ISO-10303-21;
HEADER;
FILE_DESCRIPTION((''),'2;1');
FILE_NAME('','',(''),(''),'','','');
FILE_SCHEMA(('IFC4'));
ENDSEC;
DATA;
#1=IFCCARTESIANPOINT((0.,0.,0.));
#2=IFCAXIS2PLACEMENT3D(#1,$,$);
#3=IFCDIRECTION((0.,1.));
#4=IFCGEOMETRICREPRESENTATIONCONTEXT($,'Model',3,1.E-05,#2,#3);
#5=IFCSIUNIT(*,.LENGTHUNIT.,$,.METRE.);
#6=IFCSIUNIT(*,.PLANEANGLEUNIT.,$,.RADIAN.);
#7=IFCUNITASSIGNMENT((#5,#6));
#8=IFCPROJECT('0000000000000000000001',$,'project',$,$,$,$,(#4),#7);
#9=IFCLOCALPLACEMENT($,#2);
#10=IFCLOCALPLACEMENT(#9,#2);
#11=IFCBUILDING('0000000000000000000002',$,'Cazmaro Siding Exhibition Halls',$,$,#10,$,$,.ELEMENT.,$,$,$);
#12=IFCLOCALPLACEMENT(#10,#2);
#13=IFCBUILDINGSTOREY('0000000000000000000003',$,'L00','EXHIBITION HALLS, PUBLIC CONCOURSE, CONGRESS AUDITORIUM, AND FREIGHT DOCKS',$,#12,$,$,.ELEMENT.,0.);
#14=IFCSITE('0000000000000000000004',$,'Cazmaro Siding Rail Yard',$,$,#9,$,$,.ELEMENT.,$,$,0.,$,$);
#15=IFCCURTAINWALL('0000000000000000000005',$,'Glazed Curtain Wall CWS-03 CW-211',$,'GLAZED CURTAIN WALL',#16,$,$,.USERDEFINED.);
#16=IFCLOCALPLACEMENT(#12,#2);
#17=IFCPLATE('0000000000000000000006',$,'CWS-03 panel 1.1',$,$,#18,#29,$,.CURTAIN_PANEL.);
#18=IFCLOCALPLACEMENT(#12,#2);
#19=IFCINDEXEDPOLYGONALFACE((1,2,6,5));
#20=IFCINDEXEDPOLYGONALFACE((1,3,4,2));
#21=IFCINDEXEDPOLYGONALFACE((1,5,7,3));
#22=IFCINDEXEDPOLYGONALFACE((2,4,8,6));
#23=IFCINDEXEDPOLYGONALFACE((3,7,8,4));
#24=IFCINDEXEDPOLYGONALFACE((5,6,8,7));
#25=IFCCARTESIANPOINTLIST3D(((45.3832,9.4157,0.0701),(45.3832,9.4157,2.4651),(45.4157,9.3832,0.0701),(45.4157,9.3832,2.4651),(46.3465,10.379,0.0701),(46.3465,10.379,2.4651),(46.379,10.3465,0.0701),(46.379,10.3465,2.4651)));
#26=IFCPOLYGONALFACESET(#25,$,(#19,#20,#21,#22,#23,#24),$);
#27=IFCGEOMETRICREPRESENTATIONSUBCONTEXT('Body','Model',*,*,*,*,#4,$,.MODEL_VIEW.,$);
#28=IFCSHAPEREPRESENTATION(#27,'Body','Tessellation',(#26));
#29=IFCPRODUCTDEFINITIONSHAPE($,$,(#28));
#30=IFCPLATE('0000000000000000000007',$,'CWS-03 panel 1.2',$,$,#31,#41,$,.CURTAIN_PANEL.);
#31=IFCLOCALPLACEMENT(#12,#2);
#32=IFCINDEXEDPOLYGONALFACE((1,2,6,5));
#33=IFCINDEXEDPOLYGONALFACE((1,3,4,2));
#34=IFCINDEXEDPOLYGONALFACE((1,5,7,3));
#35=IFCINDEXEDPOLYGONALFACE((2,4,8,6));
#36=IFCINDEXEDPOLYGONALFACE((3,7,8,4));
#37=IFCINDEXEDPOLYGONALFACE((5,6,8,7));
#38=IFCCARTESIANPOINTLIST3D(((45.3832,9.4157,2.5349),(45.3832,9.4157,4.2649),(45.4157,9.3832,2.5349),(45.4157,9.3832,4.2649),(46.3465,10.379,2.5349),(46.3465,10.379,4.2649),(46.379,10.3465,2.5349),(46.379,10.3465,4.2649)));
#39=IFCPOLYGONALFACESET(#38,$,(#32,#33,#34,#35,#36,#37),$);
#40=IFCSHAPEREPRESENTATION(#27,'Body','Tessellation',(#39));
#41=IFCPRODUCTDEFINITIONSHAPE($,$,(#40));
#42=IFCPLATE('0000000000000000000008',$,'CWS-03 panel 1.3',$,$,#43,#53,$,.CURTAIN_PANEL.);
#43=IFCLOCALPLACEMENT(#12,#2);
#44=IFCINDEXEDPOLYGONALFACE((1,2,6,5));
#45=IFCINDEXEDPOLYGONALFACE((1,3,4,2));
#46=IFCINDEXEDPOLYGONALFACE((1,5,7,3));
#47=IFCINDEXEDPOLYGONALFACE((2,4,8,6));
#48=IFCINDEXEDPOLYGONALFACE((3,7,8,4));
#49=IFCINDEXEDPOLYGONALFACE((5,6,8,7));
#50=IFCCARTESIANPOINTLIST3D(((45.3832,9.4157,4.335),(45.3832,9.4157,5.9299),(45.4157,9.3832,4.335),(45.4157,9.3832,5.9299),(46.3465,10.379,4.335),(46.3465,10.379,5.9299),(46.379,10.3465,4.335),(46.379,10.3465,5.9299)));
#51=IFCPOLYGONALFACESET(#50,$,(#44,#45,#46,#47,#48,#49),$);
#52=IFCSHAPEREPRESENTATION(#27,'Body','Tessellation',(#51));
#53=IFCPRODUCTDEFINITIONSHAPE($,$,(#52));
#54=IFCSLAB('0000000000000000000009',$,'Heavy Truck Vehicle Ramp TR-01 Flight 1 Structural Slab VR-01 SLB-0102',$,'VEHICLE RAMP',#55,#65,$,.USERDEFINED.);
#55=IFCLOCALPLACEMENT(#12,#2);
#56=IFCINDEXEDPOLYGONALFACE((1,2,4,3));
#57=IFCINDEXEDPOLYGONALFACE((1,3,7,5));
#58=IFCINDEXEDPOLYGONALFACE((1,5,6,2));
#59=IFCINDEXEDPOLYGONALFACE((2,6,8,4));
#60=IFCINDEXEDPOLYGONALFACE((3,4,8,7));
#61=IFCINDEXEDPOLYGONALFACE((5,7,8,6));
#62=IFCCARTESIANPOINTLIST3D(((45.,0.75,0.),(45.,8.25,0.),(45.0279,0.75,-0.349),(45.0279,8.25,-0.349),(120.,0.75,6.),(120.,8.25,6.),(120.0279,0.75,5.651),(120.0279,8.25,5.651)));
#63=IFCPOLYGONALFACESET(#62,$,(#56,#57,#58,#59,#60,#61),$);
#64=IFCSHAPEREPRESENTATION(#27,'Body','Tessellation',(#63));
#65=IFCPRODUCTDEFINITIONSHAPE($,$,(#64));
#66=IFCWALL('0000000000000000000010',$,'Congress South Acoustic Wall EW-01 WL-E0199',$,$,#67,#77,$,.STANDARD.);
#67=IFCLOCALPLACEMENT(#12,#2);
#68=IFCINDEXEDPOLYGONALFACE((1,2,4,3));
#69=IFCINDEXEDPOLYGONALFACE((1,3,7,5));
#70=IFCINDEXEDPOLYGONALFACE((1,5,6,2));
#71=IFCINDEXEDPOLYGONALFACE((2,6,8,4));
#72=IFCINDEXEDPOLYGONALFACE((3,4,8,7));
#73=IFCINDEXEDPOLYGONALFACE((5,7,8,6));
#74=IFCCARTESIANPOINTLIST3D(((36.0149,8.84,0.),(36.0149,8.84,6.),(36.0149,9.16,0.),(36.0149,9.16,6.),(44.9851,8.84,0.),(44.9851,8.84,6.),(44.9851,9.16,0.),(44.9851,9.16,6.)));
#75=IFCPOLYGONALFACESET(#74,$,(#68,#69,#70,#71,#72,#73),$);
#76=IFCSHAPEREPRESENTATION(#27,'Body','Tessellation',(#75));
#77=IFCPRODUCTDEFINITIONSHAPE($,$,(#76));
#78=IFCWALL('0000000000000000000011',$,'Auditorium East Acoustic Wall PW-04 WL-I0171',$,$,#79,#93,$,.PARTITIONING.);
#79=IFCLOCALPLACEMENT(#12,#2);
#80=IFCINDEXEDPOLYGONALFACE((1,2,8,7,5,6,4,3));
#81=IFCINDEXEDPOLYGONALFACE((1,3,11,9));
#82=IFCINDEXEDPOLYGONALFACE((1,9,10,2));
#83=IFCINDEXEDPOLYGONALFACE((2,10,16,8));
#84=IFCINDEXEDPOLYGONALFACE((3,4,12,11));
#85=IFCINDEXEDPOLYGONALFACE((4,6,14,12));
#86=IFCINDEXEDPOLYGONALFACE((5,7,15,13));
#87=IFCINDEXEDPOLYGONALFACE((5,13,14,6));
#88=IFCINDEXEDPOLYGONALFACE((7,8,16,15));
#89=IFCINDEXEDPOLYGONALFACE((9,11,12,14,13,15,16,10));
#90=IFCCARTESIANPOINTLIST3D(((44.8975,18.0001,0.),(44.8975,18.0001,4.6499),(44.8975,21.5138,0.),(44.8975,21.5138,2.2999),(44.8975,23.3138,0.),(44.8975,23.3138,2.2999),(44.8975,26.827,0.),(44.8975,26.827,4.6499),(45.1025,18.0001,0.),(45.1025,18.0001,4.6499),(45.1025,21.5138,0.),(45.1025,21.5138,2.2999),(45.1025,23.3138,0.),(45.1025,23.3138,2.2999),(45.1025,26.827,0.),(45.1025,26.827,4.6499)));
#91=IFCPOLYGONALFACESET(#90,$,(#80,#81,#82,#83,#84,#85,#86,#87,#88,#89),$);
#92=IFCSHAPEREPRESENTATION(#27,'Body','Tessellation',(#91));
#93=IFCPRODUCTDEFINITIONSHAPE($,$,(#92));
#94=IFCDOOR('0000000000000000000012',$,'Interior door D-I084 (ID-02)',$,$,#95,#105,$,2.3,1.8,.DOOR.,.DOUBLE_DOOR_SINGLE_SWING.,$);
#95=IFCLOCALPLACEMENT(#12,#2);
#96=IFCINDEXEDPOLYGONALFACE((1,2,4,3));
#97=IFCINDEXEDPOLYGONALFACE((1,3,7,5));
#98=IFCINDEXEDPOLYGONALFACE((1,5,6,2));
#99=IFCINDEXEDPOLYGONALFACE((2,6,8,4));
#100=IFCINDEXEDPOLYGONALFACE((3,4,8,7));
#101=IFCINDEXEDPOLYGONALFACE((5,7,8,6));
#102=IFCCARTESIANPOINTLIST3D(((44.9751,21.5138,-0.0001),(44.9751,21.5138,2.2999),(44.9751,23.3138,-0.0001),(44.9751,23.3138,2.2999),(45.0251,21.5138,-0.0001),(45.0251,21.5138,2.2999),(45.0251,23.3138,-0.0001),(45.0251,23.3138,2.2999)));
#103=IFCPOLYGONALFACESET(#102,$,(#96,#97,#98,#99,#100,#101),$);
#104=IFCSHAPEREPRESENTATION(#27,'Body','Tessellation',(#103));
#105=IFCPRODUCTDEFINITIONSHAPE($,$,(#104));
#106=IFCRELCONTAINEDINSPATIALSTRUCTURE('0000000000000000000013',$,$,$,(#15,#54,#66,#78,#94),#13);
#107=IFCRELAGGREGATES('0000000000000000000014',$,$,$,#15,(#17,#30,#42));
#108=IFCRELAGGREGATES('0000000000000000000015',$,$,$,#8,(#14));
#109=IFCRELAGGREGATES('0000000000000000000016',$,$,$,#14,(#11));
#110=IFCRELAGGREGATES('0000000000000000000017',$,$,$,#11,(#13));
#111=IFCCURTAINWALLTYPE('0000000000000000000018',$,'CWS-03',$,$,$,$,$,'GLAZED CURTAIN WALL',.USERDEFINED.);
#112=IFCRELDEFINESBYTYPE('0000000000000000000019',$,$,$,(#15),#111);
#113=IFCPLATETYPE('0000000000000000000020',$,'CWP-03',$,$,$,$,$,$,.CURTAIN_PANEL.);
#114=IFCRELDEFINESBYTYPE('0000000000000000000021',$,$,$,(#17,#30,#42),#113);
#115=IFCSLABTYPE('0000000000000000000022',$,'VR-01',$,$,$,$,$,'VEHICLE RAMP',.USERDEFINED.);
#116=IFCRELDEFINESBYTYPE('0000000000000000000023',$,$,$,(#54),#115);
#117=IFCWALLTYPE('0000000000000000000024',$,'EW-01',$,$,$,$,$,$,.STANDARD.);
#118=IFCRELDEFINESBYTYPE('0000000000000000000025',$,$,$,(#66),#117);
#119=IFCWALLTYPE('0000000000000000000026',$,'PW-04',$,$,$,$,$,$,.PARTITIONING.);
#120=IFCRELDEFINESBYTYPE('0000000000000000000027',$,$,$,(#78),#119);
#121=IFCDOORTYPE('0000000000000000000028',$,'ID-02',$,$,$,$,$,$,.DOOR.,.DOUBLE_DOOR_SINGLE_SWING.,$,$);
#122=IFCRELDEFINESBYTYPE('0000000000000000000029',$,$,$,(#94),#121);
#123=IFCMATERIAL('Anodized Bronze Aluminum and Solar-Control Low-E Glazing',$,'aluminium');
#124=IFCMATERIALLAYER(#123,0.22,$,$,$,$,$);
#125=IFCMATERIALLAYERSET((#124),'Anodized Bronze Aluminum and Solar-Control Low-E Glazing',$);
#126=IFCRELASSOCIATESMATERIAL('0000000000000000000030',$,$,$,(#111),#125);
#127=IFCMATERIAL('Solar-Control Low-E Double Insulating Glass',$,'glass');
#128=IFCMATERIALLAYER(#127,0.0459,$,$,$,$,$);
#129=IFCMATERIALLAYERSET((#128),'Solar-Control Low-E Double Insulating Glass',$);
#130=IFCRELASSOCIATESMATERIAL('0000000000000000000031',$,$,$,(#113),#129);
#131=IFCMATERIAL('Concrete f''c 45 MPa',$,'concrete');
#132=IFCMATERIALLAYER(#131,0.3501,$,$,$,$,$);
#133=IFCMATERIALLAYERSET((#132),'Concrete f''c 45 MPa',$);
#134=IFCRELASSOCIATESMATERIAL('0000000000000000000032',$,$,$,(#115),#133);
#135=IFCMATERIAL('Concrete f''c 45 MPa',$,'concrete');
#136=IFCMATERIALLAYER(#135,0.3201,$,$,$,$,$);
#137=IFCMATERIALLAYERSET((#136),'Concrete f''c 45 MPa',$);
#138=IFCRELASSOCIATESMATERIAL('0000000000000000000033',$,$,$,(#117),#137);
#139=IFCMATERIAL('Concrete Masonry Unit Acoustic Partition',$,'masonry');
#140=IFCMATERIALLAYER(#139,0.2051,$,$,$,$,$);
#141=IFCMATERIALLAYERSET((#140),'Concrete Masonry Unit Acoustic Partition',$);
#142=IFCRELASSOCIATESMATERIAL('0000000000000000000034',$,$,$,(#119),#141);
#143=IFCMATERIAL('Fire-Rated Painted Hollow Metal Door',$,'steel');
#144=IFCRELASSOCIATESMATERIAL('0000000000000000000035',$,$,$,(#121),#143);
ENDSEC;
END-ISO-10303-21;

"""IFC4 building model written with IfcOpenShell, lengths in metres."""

from ifc_helpers import new_model, si_unit, direction, frame, frame_2d, origin, origin_2d, place, context, subcontext, project, spatial, polyline, rectangle, outline, extrude, material, layer, layer_set, type_object, element, fill, aggregate, save


model = new_model("IFC4")

# Units and contexts
model_context = context("Model", 3, precision=1e-05, world=origin(), true_north=direction((0.0, 1.0)))
body_context = subcontext(model_context, "Body", "Model", "MODEL_VIEW")
ifc_project = project(units=[si_unit("LENGTHUNIT", "METRE"), si_unit("PLANEANGLEUNIT", "RADIAN")], contexts=[model_context])

# Site, building, storey
site_placement = place(None, origin())
site = spatial("IfcSite", under=ifc_project, at=site_placement, Name="Cazmaro Siding Rail Yard", CompositionType="ELEMENT", RefElevation=0.0)
building_placement = place(site_placement, origin())
building = spatial("IfcBuilding", under=site, at=building_placement, Name="Cazmaro Siding Exhibition Halls", CompositionType="ELEMENT")
storey_placement = place(building_placement, origin())
storey = spatial("IfcBuildingStorey", under=building, at=storey_placement, Name="L00", Description="EXHIBITION HALLS, PUBLIC CONCOURSE, CONGRESS AUDITORIUM, AND FREIGHT DOCKS", CompositionType="ELEMENT", Elevation=0.0)

# Curtain wall, plates
ifc_material_1 = material(Name="Anodized Bronze Aluminum and Solar-Control Low-E Glazing", Category="aluminium")
ifc_layer_1 = layer(ifc_material_1, 0.22)
ifc_layer_set_1 = layer_set([ifc_layer_1], Name="Anodized Bronze Aluminum and Solar-Control Low-E Glazing")
curtain_wall_type = type_object("IfcCurtainWallType", Name="CWS-03", ElementType="GLAZED CURTAIN WALL", PredefinedType="USERDEFINED", material=ifc_layer_set_1)
curtain_wall_placement = place(storey_placement, origin())
curtain_wall = element("IfcCurtainWall", 1, at=curtain_wall_placement, inside=storey, type_object=curtain_wall_type, Name="Glazed Curtain Wall CWS-03 CW-211", ObjectType="GLAZED CURTAIN WALL", PredefinedType="USERDEFINED")
ifc_material_2 = material(Name="Solar-Control Low-E Double Insulating Glass", Category="glass")
ifc_layer_2 = layer(ifc_material_2, 0.0459)
ifc_layer_set_2 = layer_set([ifc_layer_2], Name="Solar-Control Low-E Double Insulating Glass")
plate_type = type_object("IfcPlateType", Name="CWP-03", PredefinedType="CURTAIN_PANEL", material=ifc_layer_set_2)
plate_1_placement = place(storey_placement, frame((45.8811, 9.8811, 0.0701), z_axis=(0.0, 0.0, 1.0), x_axis=(0.707107, 0.707107, 0.0)))
plate_1 = element("IfcPlate", 2, at=plate_1_placement, type_object=plate_type, Name="CWS-03 panel 1.1", PredefinedType="CURTAIN_PANEL", context=body_context, shape_type="SweptSolid", body=[
    extrude(rectangle(XDim=1.3623, YDim=0.0459, at=origin_2d()), origin(), (0.0, 0.0, 1.0), 2.395),
])
plate_2_placement = place(storey_placement, frame((45.8811, 9.8811, 2.5349), z_axis=(0.0, 0.0, 1.0), x_axis=(0.707107, 0.707107, 0.0)))
plate_2 = element("IfcPlate", 3, at=plate_2_placement, type_object=plate_type, Name="CWS-03 panel 1.2", PredefinedType="CURTAIN_PANEL", context=body_context, shape_type="SweptSolid", body=[
    extrude(rectangle(XDim=1.3623, YDim=0.0459, at=origin_2d()), origin(), (0.0, 0.0, 1.0), 1.73),
])
plate_3_placement = place(storey_placement, frame((45.8811, 9.8811, 4.335), z_axis=(0.0, 0.0, 1.0), x_axis=(0.707107, 0.707107, 0.0)))
plate_3 = element("IfcPlate", 4, at=plate_3_placement, type_object=plate_type, Name="CWS-03 panel 1.3", PredefinedType="CURTAIN_PANEL", context=body_context, shape_type="SweptSolid", body=[
    extrude(rectangle(XDim=1.3623, YDim=0.0459, at=origin_2d()), origin(), (0.0, 0.0, 1.0), 1.595),
])
aggregate(curtain_wall, [plate_1, plate_2, plate_3])

# Slab
ifc_material_3 = material(Name="Concrete f'c 45 MPa", Category="concrete")
ifc_layer_3 = layer(ifc_material_3, 0.3501)
ifc_layer_set_3 = layer_set([ifc_layer_3], Name="Concrete f'c 45 MPa")
slab_type = type_object("IfcSlabType", Name="VR-01", ElementType="VEHICLE RAMP", PredefinedType="USERDEFINED", material=ifc_layer_set_3)
slab_placement = place(storey_placement, frame((45.0, 0.75, 0.0), z_axis=(-0.079745, 0.0, 0.996815), x_axis=(0.996815, 0.0, 0.079745)))
element("IfcSlab", 5, at=slab_placement, inside=storey, type_object=slab_type, Name="Heavy Truck Vehicle Ramp TR-01 Flight 1 Structural Slab VR-01 SLB-0102", ObjectType="VEHICLE RAMP", PredefinedType="USERDEFINED", context=body_context, shape_type="SweptSolid", body=[
    extrude(outline(polyline([(0.0, 0.0), (75.2396, 0.0), (75.2396, 7.5), (0.0, 7.5), (0.0, 0.0)])), origin(), (0.0, 0.0, -1.0), 0.3501),
])

# Wall
ifc_material_4 = material(Name="Concrete f'c 45 MPa", Category="concrete")
ifc_layer_4 = layer(ifc_material_4, 0.3201)
ifc_layer_set_4 = layer_set([ifc_layer_4], Name="Concrete f'c 45 MPa")
wall_type_1 = type_object("IfcWallType", Name="EW-01", PredefinedType="STANDARD", material=ifc_layer_set_4)
wall_1_placement = place(storey_placement, frame((44.9851, 9.0, 0.0), z_axis=(0.0, 0.0, 1.0), x_axis=(-1.0, 0.0, 0.0)))
element("IfcWall", 6, at=wall_1_placement, inside=storey, type_object=wall_type_1, Name="Congress South Acoustic Wall EW-01 WL-E0199", PredefinedType="STANDARD", context=body_context, shape_type="SweptSolid", body=[
    extrude(rectangle(XDim=8.9702, YDim=0.3201, at=frame_2d((4.4851, 0.0))), origin(), (0.0, 0.0, 1.0), 6.0),
])

# Wall, opening, door
ifc_material_5 = material(Name="Concrete Masonry Unit Acoustic Partition", Category="masonry")
ifc_layer_5 = layer(ifc_material_5, 0.2051)
ifc_layer_set_5 = layer_set([ifc_layer_5], Name="Concrete Masonry Unit Acoustic Partition")
wall_type_2 = type_object("IfcWallType", Name="PW-04", PredefinedType="PARTITIONING", material=ifc_layer_set_5)
wall_2_placement = place(storey_placement, frame((45.0, 18.0, 0.0), z_axis=(0.0, 0.0, 1.0), x_axis=(0.0, 1.0, 0.0)))
wall_2 = element("IfcWall", 7, at=wall_2_placement, inside=storey, type_object=wall_type_2, Name="Auditorium East Acoustic Wall PW-04 WL-I0171", PredefinedType="PARTITIONING", context=body_context, shape_type="SweptSolid", body=[
    extrude(rectangle(XDim=8.8269, YDim=0.2051, at=frame_2d((4.4136, 0.0))), origin(), (0.0, 0.0, 1.0), 4.6499),
])
opening_placement = place(wall_2_placement, frame((3.5139, 0.0, 0.0)))
opening = element("IfcOpeningElement", 8, at=opening_placement, cuts=wall_2, PredefinedType="OPENING", context=body_context, shape_type="SweptSolid", body=[
    extrude(rectangle(XDim=1.8, YDim=2.3, at=frame_2d((0.8999, 1.1499))), frame((0.0, 0.1125, 0.0), z_axis=(0.0, -1.0, 0.0), x_axis=(1.0, 0.0, 0.0)), (0.0, 0.0, 1.0), 0.2251),
])
ifc_material_6 = material(Name="Fire-Rated Painted Hollow Metal Door", Category="steel")
door_type = type_object("IfcDoorType", Name="ID-02", OperationType="DOUBLE_DOOR_SINGLE_SWING", PredefinedType="DOOR", material=ifc_material_6)
door_placement = place(opening_placement, origin())
door = element("IfcDoor", 9, at=door_placement, inside=storey, type_object=door_type, Name="Interior door D-I084 (ID-02)", OperationType="DOUBLE_DOOR_SINGLE_SWING", OverallHeight=2.3, OverallWidth=1.8, PredefinedType="DOOR", context=body_context, shape_type="SweptSolid", body=[
    extrude(rectangle(XDim=1.8, YDim=2.3, at=frame_2d((0.8999, 1.1499))), frame((0.0, 0.0249, 0.0), z_axis=(0.0, -1.0, 0.0), x_axis=(1.0, 0.0, 0.0)), (0.0, 0.0, 1.0), 0.05),
])
fill(opening, door)

save(model, "model.ifc")
